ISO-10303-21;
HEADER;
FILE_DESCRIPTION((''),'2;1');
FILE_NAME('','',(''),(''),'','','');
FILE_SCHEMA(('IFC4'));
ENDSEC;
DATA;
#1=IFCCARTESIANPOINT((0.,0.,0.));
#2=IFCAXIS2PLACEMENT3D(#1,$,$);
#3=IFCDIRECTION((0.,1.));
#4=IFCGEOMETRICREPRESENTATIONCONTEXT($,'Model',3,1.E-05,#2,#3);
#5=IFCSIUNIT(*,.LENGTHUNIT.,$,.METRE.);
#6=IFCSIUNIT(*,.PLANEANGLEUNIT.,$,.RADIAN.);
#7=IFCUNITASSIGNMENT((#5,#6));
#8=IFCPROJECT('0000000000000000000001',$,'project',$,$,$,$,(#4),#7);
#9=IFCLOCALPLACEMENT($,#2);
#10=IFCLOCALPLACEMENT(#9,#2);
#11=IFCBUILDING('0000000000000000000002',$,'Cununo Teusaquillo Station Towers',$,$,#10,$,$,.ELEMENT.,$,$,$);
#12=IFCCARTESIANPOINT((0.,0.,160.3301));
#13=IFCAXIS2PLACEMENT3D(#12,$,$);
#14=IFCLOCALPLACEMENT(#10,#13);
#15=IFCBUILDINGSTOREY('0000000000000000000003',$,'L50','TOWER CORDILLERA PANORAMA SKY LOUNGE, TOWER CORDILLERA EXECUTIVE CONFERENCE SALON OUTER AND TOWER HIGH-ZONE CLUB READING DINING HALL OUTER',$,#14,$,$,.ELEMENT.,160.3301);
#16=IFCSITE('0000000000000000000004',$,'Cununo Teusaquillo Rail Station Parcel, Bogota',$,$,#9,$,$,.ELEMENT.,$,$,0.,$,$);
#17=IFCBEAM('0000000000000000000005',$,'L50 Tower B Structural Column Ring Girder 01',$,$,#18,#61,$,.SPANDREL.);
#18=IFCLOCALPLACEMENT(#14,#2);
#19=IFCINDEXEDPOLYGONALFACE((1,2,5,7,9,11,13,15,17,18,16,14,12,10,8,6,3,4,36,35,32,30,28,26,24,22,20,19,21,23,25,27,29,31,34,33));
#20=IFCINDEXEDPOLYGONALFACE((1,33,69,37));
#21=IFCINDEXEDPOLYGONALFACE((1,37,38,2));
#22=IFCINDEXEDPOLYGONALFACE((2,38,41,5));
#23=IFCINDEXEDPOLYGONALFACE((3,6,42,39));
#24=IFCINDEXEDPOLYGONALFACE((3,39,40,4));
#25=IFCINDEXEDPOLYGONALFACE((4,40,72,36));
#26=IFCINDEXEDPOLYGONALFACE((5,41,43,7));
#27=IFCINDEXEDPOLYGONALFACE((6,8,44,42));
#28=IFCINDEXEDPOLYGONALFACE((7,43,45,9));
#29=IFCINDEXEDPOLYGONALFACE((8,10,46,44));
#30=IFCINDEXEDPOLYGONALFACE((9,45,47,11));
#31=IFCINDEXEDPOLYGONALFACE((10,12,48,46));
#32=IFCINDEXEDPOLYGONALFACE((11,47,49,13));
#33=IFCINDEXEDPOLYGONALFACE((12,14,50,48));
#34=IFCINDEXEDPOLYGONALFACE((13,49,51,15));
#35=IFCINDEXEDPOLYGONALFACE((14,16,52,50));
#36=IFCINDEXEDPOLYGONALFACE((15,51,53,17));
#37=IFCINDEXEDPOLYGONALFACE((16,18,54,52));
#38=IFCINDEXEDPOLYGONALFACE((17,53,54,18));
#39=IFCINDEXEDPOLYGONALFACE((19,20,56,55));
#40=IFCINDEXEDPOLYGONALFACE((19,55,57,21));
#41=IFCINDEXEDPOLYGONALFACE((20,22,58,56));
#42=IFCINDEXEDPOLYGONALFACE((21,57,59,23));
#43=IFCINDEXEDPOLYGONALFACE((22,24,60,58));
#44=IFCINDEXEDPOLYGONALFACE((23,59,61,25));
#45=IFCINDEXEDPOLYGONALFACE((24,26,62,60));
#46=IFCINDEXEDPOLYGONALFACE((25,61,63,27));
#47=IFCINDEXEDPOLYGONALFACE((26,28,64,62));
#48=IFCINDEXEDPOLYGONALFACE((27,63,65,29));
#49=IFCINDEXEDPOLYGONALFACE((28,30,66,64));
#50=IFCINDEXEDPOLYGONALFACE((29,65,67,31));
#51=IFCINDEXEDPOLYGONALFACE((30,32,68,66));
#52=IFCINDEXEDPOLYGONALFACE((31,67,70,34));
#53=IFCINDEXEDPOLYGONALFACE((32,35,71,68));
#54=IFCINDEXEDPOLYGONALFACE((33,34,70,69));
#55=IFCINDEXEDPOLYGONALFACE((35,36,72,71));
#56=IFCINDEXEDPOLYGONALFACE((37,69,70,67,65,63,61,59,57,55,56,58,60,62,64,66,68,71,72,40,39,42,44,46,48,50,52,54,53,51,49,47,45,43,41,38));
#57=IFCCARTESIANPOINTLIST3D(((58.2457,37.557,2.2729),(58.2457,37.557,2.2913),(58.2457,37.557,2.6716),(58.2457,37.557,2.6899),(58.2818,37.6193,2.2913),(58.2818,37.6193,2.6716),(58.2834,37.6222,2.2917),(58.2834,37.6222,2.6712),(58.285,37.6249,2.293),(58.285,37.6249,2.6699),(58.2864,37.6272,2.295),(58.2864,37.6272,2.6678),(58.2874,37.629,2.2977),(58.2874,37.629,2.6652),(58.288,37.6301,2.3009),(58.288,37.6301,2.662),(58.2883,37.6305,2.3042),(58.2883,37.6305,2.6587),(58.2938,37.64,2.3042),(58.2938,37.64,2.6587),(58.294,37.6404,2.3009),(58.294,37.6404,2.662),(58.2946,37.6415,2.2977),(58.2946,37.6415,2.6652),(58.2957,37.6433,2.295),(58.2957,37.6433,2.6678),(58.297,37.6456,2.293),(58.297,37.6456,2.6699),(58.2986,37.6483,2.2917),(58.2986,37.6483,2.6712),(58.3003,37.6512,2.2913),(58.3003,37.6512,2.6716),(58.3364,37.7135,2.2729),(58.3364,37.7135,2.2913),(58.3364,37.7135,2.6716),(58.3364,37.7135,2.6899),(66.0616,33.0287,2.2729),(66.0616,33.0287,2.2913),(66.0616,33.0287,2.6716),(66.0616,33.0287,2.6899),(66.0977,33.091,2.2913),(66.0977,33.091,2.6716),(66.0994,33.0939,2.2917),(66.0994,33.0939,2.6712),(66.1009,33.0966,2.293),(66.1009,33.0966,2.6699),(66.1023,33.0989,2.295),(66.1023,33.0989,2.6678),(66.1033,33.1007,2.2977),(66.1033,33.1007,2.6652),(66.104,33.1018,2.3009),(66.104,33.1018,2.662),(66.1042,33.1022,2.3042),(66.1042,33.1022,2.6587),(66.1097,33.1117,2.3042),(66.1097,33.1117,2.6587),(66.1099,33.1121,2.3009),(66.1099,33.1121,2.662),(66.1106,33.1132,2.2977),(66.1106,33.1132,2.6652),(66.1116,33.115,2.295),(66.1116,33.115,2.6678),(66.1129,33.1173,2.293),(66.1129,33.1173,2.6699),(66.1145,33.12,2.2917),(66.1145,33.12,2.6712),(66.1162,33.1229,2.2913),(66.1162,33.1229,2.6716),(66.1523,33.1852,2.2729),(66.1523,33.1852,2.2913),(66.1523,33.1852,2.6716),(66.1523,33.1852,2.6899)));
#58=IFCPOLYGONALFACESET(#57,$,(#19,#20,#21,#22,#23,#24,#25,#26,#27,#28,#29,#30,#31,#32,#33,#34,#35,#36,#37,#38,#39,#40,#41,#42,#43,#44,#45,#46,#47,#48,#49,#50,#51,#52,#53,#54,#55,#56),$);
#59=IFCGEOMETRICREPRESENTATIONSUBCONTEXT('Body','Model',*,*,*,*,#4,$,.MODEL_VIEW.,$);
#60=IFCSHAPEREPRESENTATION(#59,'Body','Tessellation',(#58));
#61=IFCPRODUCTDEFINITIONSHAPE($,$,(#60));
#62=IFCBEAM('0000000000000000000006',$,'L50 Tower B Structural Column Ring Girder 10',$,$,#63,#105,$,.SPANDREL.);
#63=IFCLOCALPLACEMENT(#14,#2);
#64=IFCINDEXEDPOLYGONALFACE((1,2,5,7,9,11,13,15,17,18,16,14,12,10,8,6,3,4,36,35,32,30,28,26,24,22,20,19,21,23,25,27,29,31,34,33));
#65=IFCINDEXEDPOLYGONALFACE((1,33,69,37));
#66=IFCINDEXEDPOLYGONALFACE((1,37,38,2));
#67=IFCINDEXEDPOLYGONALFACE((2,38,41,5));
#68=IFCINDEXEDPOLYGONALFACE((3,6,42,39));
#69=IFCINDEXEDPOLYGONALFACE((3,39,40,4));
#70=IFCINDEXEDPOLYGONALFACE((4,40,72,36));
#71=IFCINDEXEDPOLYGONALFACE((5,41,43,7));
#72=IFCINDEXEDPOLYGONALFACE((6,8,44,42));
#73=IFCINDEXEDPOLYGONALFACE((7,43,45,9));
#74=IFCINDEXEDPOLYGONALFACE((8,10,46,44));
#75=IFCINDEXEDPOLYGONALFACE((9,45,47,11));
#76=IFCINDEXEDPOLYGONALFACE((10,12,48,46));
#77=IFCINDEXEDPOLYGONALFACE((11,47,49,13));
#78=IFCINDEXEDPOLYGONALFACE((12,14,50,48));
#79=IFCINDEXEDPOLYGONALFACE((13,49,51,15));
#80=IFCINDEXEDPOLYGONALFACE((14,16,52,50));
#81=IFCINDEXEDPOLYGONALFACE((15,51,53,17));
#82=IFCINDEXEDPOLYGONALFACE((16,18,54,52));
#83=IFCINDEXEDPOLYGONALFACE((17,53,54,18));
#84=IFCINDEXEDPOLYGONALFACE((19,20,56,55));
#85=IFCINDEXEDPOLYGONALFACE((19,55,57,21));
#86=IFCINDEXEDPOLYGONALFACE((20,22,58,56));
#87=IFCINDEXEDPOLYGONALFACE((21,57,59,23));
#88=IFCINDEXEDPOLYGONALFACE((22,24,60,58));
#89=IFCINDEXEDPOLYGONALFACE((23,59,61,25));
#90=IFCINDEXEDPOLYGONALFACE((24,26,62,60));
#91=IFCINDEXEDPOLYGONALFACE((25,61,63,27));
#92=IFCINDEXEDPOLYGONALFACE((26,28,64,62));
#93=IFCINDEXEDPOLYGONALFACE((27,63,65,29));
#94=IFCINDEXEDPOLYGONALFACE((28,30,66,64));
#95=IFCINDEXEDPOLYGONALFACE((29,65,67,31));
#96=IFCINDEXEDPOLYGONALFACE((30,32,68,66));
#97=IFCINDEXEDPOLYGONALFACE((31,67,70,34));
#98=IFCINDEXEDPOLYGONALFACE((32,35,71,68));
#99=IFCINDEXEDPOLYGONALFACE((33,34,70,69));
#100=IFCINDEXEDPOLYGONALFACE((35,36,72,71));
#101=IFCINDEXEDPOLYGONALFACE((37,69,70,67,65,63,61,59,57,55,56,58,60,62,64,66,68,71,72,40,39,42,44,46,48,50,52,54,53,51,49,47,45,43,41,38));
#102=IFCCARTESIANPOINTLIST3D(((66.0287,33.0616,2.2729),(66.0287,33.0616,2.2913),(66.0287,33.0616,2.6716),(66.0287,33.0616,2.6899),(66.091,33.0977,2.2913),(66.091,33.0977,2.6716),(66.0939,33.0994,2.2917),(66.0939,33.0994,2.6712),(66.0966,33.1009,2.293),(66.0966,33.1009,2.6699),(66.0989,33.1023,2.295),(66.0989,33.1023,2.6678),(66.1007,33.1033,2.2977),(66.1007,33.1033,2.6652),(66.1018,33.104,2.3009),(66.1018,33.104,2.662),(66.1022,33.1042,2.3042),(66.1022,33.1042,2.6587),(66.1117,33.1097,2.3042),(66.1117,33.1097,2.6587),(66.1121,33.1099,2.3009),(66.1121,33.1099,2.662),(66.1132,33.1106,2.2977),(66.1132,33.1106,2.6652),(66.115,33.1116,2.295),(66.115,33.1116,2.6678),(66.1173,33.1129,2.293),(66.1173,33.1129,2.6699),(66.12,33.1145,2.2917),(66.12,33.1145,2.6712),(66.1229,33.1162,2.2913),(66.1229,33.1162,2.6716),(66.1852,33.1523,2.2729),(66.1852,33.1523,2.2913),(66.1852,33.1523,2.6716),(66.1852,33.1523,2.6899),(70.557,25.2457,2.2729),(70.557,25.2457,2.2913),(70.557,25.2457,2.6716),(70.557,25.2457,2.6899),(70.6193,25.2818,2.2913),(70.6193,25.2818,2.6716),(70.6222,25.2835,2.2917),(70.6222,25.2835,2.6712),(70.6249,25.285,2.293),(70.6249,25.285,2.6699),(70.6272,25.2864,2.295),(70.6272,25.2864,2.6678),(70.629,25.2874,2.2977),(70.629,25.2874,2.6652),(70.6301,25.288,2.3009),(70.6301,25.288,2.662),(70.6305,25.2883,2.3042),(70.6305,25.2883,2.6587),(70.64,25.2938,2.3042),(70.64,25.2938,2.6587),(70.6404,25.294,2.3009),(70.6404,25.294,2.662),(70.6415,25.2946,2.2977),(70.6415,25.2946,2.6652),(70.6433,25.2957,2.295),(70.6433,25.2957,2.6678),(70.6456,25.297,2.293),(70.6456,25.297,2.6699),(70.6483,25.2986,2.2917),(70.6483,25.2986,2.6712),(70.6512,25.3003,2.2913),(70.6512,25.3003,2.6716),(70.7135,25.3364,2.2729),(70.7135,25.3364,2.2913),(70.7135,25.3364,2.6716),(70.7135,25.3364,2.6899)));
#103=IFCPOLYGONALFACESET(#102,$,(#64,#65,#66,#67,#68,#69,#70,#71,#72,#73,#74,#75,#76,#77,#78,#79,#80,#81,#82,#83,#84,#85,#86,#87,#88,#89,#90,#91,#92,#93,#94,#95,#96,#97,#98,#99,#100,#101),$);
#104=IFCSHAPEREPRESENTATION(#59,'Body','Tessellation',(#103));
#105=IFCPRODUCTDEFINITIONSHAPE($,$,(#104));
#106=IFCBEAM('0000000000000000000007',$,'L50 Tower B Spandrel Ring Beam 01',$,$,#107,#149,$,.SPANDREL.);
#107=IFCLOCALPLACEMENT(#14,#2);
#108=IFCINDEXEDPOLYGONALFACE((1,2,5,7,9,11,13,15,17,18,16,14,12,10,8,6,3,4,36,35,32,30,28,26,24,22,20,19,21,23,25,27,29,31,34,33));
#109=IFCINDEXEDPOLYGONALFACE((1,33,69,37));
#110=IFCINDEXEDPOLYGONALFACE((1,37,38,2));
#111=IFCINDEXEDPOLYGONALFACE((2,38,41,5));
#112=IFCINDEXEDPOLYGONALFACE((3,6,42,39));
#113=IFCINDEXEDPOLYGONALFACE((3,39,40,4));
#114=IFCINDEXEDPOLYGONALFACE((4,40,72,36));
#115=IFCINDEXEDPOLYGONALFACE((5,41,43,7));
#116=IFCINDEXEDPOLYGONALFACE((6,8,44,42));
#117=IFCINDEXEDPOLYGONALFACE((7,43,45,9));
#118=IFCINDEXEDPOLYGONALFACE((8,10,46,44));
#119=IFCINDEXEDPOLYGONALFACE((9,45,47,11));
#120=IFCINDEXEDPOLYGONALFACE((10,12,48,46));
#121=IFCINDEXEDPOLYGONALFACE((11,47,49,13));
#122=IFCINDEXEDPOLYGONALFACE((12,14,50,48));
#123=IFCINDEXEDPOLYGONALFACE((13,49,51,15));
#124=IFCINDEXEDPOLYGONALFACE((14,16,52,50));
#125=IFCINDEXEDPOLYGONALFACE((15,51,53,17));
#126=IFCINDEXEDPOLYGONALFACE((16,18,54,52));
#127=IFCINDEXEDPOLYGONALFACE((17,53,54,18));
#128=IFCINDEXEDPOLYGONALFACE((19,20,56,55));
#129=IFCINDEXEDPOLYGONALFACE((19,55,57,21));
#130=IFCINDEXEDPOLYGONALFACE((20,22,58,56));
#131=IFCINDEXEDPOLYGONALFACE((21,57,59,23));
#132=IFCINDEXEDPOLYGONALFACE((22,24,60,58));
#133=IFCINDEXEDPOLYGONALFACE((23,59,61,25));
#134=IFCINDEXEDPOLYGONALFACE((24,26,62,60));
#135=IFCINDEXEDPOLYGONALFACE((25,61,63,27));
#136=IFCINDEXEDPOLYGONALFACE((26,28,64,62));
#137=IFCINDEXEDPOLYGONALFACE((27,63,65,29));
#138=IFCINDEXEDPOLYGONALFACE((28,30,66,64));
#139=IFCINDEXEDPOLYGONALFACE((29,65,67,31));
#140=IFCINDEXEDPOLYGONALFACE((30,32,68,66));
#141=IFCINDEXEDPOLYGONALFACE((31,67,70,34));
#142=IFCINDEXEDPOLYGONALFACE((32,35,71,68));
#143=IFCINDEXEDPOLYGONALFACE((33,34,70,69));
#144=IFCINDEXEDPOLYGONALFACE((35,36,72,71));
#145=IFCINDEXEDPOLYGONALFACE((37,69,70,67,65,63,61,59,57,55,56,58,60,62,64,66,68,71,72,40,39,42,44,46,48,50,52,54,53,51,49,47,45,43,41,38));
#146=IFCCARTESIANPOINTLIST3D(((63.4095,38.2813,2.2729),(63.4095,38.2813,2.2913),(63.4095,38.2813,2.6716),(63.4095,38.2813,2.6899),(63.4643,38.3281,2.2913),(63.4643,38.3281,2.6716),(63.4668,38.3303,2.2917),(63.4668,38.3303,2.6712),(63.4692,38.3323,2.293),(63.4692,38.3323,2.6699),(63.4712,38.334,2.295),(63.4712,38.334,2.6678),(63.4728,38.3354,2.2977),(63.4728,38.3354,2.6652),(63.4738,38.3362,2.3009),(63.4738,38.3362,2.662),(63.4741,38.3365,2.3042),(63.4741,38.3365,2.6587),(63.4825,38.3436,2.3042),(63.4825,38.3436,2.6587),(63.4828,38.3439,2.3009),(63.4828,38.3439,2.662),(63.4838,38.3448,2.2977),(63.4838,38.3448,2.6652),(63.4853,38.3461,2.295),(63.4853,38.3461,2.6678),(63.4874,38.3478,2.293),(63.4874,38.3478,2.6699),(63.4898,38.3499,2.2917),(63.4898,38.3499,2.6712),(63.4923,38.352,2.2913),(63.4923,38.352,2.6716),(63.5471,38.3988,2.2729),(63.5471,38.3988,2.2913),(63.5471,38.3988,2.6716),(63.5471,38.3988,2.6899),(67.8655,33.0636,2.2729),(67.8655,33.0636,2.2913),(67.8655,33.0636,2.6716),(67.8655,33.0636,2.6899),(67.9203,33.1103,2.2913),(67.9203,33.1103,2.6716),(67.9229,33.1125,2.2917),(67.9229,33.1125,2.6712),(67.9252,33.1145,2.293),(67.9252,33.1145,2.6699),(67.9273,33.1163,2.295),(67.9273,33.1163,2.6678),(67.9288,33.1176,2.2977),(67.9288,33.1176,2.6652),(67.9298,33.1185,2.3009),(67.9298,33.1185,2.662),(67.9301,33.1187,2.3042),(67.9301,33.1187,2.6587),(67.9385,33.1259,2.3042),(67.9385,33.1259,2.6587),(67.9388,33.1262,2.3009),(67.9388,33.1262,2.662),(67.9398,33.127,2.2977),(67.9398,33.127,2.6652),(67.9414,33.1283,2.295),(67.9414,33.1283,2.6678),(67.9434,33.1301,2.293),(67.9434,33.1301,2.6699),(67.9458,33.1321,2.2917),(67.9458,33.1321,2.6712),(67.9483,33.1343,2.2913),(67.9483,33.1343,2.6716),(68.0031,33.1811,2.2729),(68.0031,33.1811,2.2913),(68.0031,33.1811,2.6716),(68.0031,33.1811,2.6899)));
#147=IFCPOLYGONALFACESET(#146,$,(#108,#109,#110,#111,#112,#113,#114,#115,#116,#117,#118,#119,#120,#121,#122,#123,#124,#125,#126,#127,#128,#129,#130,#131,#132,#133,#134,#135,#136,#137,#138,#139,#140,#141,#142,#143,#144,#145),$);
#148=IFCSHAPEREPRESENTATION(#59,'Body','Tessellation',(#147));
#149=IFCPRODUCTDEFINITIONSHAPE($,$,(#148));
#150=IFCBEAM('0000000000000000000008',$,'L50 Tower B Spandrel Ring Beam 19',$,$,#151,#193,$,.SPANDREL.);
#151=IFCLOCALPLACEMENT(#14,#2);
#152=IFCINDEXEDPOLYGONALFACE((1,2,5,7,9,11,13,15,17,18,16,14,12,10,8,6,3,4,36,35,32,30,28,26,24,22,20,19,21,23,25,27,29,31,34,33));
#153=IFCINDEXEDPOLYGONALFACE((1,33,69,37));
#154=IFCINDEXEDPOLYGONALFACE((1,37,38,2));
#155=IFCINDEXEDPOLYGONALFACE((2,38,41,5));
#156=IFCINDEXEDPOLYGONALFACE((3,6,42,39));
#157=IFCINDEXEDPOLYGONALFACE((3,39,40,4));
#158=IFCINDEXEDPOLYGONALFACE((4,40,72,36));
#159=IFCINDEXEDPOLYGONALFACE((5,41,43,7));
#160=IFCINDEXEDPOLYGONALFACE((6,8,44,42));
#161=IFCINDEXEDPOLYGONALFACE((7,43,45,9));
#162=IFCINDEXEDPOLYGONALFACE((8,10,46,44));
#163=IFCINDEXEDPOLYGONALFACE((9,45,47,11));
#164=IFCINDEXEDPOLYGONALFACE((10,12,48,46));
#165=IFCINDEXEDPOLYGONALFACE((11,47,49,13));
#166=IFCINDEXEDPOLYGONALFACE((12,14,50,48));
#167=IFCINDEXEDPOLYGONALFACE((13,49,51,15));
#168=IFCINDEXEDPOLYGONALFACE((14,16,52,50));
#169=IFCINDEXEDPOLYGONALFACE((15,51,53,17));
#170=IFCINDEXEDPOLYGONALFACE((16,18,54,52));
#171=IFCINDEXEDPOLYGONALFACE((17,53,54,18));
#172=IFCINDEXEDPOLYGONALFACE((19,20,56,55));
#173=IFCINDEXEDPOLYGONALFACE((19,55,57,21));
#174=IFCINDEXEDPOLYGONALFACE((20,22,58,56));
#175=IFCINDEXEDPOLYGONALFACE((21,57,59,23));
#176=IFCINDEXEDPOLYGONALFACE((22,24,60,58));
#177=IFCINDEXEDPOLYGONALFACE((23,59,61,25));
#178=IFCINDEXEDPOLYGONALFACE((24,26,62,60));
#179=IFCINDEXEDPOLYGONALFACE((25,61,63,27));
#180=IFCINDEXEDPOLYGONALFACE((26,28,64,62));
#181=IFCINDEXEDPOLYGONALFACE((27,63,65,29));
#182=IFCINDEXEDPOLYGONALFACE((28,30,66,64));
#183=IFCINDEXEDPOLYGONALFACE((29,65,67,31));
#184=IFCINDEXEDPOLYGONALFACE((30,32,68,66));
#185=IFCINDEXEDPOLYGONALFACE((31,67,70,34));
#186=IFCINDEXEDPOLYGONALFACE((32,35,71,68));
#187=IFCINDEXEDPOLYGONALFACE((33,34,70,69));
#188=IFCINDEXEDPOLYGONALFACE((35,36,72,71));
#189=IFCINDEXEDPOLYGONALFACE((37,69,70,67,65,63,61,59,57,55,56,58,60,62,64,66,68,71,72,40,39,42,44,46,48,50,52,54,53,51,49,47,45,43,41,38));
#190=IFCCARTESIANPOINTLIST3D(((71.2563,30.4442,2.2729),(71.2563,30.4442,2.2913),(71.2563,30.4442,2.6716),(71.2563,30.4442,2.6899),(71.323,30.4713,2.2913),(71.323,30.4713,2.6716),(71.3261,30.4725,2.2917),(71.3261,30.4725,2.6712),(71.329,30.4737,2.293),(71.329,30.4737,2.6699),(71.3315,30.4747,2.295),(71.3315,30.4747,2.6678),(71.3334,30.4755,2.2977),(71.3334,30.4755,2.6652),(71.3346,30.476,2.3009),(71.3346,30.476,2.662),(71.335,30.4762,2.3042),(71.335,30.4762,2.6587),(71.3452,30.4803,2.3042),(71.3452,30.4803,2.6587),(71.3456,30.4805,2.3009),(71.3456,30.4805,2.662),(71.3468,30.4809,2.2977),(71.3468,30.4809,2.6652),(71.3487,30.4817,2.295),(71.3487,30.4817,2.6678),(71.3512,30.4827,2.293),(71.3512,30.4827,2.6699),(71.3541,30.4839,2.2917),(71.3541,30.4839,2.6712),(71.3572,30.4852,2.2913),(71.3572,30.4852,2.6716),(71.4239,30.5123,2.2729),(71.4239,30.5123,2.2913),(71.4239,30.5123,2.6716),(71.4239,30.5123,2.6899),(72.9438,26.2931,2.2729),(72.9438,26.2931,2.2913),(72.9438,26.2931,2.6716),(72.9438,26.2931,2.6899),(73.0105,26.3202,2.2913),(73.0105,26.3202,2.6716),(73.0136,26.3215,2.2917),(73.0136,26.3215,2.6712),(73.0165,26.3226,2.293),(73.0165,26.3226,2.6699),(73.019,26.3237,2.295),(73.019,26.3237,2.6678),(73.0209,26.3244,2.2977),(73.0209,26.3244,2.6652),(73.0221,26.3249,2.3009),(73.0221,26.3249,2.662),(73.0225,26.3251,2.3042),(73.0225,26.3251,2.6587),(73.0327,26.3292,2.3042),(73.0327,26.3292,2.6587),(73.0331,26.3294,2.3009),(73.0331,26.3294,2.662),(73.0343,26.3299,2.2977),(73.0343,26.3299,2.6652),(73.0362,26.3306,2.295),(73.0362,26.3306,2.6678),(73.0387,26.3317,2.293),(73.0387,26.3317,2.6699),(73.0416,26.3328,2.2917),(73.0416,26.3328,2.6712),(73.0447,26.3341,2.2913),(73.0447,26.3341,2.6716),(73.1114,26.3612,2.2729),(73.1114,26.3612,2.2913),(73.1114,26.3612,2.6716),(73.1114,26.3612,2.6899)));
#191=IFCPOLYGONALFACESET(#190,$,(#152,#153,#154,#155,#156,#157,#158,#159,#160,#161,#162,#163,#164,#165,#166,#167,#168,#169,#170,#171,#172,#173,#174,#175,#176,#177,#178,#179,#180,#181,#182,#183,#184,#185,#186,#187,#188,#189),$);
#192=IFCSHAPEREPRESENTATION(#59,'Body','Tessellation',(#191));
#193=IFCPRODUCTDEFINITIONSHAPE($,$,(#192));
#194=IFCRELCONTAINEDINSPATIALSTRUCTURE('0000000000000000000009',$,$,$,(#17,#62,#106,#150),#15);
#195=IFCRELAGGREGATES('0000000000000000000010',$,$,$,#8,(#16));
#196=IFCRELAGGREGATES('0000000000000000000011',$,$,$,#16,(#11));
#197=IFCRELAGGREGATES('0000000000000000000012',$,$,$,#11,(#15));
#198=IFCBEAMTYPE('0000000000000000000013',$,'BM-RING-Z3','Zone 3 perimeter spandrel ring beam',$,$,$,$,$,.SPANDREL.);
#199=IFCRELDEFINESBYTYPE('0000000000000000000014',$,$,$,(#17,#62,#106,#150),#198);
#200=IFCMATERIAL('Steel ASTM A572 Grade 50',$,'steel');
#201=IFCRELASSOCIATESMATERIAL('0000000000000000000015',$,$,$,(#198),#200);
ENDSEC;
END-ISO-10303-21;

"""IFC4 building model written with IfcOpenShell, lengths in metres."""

from ifc_helpers import new_model, si_unit, direction, frame, origin, origin_2d, place, context, subcontext, project, spatial, i_section, extrude, material, material_profile, profile_set, type_object, element, save


model = new_model("IFC4")

# Units and contexts
model_context = context("Model", 3, precision=1e-05, world=origin(), true_north=direction((0.0, 1.0)))
body_context = subcontext(model_context, "Body", "Model", "MODEL_VIEW")
ifc_project = project(units=[si_unit("LENGTHUNIT", "METRE"), si_unit("PLANEANGLEUNIT", "RADIAN")], contexts=[model_context])

# Site, building, storey
site_placement = place(None, origin())
site = spatial("IfcSite", under=ifc_project, at=site_placement, Name="Cununo Teusaquillo Rail Station Parcel, Bogota", CompositionType="ELEMENT", RefElevation=0.0)
building_placement = place(site_placement, origin())
building = spatial("IfcBuilding", under=site, at=building_placement, Name="Cununo Teusaquillo Station Towers", CompositionType="ELEMENT")
storey_placement = place(building_placement, frame((0.0, 0.0, 160.3301)))
storey = spatial("IfcBuildingStorey", under=building, at=storey_placement, Name="L50", Description="TOWER CORDILLERA PANORAMA SKY LOUNGE, TOWER CORDILLERA EXECUTIVE CONFERENCE SALON OUTER AND TOWER HIGH-ZONE CLUB READING DINING HALL OUTER", CompositionType="ELEMENT", Elevation=160.3301)

# Beams
ifc_material_1 = material(Name="Steel ASTM A572 Grade 50", Category="steel")
ifc_material_profile_1 = material_profile(ifc_material_1, i_section(OverallWidth=0.1809, OverallDepth=0.417, WebThickness=0.011, FlangeThickness=0.0183, FilletRadius=0.0129, at=origin_2d()), Name="W16X57")
ifc_profile_set_1 = profile_set([ifc_material_profile_1], Name="Steel ASTM A572 Grade 50")
beam_type_1 = type_object("IfcBeamType", Name="BM-RING-Z3", Description="Zone 3 perimeter spandrel ring beam", PredefinedType="SPANDREL", material=ifc_profile_set_1)
for number, where, z_axis, x_axis, name in (
    (1, (66.1069, 33.1069, 2.4814), (-0.865267, 0.501311, 0.0), (-0.501311, -0.865267, 0.0), "L50 Tower B Structural Column Ring Girder 01"),
    (2, (70.6353, 25.291, 2.4814), (-0.501311, 0.865267, 0.0), (-0.865267, -0.501311, 0.0), "L50 Tower B Structural Column Ring Girder 10"),
):
    element("IfcBeam", number, at=place(storey_placement, frame(where, z_axis=z_axis, x_axis=x_axis)), inside=storey, type_object=beam_type_1, Name=name, PredefinedType="SPANDREL", context=body_context, shape_type="SweptSolid", body=[
        extrude(i_section(OverallWidth=0.1809, OverallDepth=0.417, WebThickness=0.011, FlangeThickness=0.0183, FilletRadius=0.0129, at=origin_2d()), origin(), (0.0, 0.0, 1.0), 9.033),
    ])
beam_1_placement = place(storey_placement, frame((67.9343, 33.1223, 2.4814), z_axis=(-0.649419, 0.760431, 0.0), x_axis=(-0.760431, -0.649419, 0.0)))
element("IfcBeam", 3, at=beam_1_placement, inside=storey, type_object=beam_type_1, Name="L50 Tower B Spandrel Ring Beam 01", PredefinedType="SPANDREL", context=body_context, shape_type="SweptSolid", body=[
    extrude(i_section(OverallWidth=0.1809, OverallDepth=0.417, WebThickness=0.011, FlangeThickness=0.0183, FilletRadius=0.0129, at=origin_2d()), origin(), (0.0, 0.0, 1.0), 6.8616),
])
beam_2_placement = place(storey_placement, frame((73.0276, 26.3271, 2.4814), z_axis=(-0.376589, 0.92638, 0.0), x_axis=(-0.92638, -0.376589, 0.0)))
element("IfcBeam", 4, at=beam_2_placement, inside=storey, type_object=beam_type_1, Name="L50 Tower B Spandrel Ring Beam 19", PredefinedType="SPANDREL", context=body_context, shape_type="SweptSolid", body=[
    extrude(i_section(OverallWidth=0.1809, OverallDepth=0.417, WebThickness=0.011, FlangeThickness=0.0183, FilletRadius=0.0129, at=origin_2d()), origin(), (0.0, 0.0, 1.0), 4.481),
])

save(model, "model.ifc")
